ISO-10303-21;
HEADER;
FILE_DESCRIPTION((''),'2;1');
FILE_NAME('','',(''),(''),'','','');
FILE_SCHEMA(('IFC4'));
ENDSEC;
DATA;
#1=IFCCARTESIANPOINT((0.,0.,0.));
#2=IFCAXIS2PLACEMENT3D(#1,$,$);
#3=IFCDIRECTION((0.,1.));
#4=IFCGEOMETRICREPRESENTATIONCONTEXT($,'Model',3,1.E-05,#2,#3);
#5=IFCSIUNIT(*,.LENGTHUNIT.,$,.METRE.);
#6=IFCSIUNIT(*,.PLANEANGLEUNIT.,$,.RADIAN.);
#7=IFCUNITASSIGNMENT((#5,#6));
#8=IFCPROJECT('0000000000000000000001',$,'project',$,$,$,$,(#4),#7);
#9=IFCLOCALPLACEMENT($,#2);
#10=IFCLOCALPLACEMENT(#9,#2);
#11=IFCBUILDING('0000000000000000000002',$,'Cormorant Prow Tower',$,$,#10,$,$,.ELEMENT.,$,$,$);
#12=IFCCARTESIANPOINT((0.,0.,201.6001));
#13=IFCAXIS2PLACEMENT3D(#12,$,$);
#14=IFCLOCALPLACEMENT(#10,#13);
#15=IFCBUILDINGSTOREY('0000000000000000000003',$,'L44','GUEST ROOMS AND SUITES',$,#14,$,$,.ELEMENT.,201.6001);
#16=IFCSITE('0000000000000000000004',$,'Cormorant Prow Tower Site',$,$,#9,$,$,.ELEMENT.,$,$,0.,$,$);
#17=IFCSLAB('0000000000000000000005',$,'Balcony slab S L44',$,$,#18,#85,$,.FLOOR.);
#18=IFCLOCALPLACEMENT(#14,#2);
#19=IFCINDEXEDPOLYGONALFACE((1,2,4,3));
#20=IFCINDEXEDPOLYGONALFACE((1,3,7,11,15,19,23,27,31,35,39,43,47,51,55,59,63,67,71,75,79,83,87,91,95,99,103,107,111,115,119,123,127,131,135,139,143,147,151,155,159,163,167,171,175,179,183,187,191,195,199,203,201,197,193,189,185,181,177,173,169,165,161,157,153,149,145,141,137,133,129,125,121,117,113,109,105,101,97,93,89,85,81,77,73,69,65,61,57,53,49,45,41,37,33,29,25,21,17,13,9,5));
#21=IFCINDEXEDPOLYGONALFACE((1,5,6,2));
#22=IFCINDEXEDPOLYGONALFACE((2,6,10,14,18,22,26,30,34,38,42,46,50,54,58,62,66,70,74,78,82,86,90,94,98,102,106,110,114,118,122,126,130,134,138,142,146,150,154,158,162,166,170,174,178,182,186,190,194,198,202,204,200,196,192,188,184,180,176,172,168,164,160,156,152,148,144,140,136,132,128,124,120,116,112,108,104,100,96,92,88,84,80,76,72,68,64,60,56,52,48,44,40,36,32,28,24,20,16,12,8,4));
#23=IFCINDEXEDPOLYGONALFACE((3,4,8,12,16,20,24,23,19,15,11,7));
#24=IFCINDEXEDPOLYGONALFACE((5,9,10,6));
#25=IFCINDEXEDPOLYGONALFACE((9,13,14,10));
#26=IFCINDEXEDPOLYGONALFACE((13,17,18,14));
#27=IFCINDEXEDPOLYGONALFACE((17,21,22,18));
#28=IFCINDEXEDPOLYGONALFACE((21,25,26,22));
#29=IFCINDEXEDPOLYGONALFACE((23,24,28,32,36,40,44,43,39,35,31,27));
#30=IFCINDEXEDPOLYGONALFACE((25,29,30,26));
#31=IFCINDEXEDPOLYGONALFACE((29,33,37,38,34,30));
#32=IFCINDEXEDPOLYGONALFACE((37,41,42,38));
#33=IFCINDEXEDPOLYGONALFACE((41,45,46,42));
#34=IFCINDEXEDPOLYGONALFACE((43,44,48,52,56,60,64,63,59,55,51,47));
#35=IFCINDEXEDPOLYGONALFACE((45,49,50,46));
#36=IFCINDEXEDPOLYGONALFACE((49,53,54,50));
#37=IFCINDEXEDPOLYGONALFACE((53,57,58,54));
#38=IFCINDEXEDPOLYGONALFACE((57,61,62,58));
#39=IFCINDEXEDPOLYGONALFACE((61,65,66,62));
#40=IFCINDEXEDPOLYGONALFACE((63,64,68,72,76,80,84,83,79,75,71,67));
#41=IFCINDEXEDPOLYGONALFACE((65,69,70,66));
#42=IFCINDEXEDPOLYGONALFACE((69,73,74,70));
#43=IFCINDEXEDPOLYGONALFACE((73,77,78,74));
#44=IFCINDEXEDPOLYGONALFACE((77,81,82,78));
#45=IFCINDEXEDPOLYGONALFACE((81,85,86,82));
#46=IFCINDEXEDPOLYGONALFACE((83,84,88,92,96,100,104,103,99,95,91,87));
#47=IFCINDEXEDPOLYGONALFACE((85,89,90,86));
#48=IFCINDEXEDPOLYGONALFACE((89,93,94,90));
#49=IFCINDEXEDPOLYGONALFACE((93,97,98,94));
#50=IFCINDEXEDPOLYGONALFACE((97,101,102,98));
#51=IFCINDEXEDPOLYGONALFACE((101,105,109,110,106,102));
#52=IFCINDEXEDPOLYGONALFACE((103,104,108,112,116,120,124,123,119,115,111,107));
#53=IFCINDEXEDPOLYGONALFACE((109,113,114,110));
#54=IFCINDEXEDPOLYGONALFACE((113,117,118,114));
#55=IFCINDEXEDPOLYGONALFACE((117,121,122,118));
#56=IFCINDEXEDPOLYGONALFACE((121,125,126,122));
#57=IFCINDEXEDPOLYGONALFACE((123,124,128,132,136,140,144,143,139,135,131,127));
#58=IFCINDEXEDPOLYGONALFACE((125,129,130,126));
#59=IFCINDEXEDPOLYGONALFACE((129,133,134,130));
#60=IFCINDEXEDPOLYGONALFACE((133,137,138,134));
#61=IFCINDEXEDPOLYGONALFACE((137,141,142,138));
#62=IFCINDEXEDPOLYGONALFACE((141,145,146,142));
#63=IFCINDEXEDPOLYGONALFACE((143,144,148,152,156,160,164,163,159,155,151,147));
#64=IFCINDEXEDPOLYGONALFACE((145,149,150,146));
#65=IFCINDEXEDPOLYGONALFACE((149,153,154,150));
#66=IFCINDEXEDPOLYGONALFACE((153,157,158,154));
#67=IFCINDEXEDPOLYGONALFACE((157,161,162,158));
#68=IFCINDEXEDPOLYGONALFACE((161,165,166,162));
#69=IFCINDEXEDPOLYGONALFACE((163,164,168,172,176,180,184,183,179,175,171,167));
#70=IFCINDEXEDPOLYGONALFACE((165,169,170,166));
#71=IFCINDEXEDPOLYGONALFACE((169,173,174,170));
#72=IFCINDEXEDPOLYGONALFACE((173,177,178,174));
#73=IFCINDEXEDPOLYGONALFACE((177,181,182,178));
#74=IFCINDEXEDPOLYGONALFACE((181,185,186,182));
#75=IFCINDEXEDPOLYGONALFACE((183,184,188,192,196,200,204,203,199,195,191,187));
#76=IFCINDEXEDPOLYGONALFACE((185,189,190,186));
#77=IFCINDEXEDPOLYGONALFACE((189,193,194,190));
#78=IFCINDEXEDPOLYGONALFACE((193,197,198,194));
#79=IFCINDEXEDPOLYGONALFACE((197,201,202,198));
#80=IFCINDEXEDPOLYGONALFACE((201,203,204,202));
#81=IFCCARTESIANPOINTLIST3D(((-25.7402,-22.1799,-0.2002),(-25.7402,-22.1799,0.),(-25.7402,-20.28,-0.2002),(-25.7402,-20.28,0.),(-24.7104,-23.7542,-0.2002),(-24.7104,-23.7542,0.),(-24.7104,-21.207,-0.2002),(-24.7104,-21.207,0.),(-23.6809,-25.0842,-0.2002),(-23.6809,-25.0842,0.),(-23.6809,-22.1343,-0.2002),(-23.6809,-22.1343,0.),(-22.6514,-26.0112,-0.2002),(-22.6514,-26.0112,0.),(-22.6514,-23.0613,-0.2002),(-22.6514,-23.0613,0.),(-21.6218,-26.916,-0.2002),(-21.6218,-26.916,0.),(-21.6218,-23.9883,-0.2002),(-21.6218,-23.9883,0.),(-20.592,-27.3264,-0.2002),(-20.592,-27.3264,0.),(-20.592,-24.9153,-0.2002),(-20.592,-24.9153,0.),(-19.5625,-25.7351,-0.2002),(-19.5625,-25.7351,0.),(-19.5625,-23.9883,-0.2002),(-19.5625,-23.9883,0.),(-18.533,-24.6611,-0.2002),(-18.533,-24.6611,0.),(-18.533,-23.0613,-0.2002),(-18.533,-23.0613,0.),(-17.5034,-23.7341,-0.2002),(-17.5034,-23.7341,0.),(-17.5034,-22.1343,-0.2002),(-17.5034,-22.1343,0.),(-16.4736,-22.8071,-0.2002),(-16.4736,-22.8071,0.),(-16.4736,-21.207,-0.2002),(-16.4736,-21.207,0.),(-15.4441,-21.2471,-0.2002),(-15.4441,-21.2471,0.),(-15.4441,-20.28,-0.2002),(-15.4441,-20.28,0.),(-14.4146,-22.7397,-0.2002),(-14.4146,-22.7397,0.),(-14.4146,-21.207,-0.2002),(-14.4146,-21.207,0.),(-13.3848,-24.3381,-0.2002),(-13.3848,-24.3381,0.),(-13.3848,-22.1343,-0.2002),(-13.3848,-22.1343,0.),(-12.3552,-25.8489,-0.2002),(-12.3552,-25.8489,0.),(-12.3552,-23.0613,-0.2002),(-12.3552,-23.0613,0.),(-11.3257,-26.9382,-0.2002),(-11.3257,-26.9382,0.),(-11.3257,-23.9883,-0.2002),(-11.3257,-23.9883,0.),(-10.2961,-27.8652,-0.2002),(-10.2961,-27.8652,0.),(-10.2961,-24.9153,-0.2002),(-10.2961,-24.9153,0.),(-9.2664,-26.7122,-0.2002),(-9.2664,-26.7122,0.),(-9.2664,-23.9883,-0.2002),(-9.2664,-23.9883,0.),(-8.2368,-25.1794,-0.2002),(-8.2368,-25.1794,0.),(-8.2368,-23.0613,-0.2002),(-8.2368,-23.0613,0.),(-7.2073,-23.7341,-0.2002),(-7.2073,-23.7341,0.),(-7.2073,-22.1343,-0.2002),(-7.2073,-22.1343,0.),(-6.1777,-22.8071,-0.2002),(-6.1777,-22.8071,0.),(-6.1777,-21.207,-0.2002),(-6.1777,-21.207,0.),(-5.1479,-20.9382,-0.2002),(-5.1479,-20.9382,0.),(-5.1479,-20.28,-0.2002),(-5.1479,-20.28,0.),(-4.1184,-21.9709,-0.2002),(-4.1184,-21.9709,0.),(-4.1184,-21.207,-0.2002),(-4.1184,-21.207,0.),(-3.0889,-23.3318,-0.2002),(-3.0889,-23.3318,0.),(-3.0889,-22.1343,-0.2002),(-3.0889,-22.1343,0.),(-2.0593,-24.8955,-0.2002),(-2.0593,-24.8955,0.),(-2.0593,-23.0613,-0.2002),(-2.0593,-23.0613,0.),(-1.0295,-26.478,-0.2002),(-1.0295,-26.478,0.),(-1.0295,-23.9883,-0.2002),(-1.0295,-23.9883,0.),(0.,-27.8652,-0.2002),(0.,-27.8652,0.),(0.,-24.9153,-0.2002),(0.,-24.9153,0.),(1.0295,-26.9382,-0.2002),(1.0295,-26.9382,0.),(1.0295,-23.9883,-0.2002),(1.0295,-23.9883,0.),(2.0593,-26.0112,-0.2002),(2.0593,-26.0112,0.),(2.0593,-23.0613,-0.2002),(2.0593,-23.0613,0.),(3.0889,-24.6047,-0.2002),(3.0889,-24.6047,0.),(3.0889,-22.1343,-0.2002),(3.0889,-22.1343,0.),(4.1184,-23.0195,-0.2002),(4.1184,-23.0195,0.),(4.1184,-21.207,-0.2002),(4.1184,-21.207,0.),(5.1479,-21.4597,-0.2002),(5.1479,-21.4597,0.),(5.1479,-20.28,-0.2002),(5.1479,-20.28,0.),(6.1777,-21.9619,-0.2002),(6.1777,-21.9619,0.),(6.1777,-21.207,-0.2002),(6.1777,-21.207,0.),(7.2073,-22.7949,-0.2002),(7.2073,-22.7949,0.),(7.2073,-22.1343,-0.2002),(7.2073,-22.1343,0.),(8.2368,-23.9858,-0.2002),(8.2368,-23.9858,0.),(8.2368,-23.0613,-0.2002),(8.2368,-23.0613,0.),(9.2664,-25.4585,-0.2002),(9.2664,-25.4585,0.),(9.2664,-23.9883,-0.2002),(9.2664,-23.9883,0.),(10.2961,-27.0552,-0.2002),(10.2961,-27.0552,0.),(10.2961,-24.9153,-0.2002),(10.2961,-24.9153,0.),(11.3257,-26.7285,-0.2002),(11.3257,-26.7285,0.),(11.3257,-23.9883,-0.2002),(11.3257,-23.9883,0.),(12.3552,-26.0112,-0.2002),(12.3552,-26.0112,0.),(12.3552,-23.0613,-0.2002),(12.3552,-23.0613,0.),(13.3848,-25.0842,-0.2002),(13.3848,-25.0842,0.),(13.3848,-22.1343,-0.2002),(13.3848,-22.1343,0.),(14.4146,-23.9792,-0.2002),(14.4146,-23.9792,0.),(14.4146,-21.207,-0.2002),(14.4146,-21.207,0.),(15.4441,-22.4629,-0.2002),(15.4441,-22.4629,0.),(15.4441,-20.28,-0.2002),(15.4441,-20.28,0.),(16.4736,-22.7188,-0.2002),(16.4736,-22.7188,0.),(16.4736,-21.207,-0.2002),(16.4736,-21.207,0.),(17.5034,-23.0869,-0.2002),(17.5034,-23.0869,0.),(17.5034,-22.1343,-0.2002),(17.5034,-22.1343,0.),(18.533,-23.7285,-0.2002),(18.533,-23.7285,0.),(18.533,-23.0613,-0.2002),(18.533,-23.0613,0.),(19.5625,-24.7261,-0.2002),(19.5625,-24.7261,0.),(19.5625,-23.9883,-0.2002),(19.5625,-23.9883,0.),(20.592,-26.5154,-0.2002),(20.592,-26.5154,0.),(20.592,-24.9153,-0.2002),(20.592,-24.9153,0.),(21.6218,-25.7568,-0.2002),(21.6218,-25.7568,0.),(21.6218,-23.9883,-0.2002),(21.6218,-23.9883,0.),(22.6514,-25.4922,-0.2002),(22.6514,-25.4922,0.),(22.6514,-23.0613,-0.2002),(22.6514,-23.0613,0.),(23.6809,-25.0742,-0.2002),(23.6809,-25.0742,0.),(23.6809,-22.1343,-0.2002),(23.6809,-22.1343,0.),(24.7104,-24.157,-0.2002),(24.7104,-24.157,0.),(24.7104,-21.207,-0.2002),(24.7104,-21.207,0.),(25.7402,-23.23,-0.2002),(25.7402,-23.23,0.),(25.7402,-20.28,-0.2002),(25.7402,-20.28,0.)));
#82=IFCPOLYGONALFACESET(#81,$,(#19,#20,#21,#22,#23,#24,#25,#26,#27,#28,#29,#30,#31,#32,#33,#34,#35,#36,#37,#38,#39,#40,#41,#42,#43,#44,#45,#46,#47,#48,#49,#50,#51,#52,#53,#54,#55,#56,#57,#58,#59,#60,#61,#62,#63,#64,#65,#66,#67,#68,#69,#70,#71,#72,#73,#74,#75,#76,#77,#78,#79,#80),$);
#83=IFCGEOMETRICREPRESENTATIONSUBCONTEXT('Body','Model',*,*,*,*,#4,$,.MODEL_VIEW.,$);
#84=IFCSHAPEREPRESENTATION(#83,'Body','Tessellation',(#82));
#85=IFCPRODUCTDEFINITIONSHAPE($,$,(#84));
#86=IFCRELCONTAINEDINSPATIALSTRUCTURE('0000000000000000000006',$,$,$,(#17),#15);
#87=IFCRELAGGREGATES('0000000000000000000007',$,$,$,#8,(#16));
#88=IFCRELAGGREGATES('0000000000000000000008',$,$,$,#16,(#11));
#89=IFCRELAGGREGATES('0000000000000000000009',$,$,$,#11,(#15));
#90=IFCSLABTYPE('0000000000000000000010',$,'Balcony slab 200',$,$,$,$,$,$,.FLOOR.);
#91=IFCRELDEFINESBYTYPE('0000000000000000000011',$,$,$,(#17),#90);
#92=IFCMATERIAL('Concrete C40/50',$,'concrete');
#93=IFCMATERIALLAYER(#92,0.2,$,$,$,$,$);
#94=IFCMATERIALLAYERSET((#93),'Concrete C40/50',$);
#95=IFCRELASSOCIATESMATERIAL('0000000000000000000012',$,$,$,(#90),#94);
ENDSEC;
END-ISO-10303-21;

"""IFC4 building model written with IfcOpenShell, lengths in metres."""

from ifc_helpers import new_model, si_unit, direction, frame, origin, place, context, subcontext, project, spatial, polyline, outline, extrude, material, layer, layer_set, type_object, element, save


model = new_model("IFC4")

# Units and contexts
model_context = context("Model", 3, precision=1e-05, world=origin(), true_north=direction((0.0, 1.0)))
body_context = subcontext(model_context, "Body", "Model", "MODEL_VIEW")
ifc_project = project(units=[si_unit("LENGTHUNIT", "METRE"), si_unit("PLANEANGLEUNIT", "RADIAN")], contexts=[model_context])

# Site, building, storey
site_placement = place(None, origin())
site = spatial("IfcSite", under=ifc_project, at=site_placement, Name="Cormorant Prow Tower Site", CompositionType="ELEMENT", RefElevation=0.0)
building_placement = place(site_placement, origin())
building = spatial("IfcBuilding", under=site, at=building_placement, Name="Cormorant Prow Tower", CompositionType="ELEMENT")
storey_placement = place(building_placement, frame((0.0, 0.0, 201.6001)))
storey = spatial("IfcBuildingStorey", under=building, at=storey_placement, Name="L44", Description="GUEST ROOMS AND SUITES", CompositionType="ELEMENT", Elevation=201.6001)

# Slab
ifc_material_1 = material(Name="Concrete C40/50", Category="concrete")
ifc_layer_1 = layer(ifc_material_1, 0.2)
ifc_layer_set_1 = layer_set([ifc_layer_1], Name="Concrete C40/50")
slab_type_1 = type_object("IfcSlabType", Name="Balcony slab 200", PredefinedType="FLOOR", material=ifc_layer_set_1)
slab_1_placement = place(storey_placement, frame((0.0, 0.0, -0.2002)))
element("IfcSlab", 1, at=slab_1_placement, inside=storey, type_object=slab_type_1, Name="Balcony slab S L44", PredefinedType="FLOOR", context=body_context, shape_type="SweptSolid", body=[
    extrude(outline(polyline([(-25.7402, -20.28), (-25.7402, -22.1799), (-24.7104, -23.7542), (-23.6809, -25.0842), (-22.6514, -26.0112), (-21.6218, -26.916), (-20.592, -27.3264), (-19.5625, -25.7351), (-18.533, -24.6611), (-17.5034, -23.7341), (-16.4736, -22.8071), (-15.4441, -21.2471), (-14.4146, -22.7397), (-13.3848, -24.3381), (-12.3552, -25.8489), (-11.3257, -26.9382), (-10.2961, -27.8652), (-9.2664, -26.7122), (-8.2368, -25.1794), (-7.2073, -23.7341), (-6.1777, -22.8071), (-5.1479, -20.9382), (-4.1184, -21.9709), (-3.0889, -23.3318), (-2.0593, -24.8955), (-1.0295, -26.478), (0.0, -27.8652), (1.0295, -26.9382), (2.0593, -26.0112), (3.0889, -24.6047), (4.1184, -23.0195), (5.1479, -21.4597), (6.1777, -21.9619), (7.2073, -22.7949), (8.2368, -23.9858), (9.2664, -25.4585), (10.2961, -27.0552), (11.3257, -26.7285), (12.3552, -26.0112), (13.3848, -25.0842), (14.4146, -23.9792), (15.4441, -22.4629), (16.4736, -22.7188), (17.5034, -23.0869), (18.533, -23.7285), (19.5625, -24.7261), (20.592, -26.5154), (21.6218, -25.7568), (22.6514, -25.4922), (23.6809, -25.0742), (24.7104, -24.157), (25.7402, -23.23), (25.7402, -20.28), (24.7104, -21.207), (23.6809, -22.1343), (22.6514, -23.0613), (21.6218, -23.9883), (20.592, -24.9153), (19.5625, -23.9883), (18.533, -23.0613), (17.5034, -22.1343), (16.4736, -21.207), (15.4441, -20.28), (14.4146, -21.207), (13.3848, -22.1343), (12.3552, -23.0613), (11.3257, -23.9883), (10.2961, -24.9153), (9.2664, -23.9883), (8.2368, -23.0613), (7.2073, -22.1343), (6.1777, -21.207), (5.1479, -20.28), (4.1184, -21.207), (3.0889, -22.1343), (2.0593, -23.0613), (1.0295, -23.9883), (0.0, -24.9153), (-1.0295, -23.9883), (-2.0593, -23.0613), (-3.0889, -22.1343), (-4.1184, -21.207), (-5.1479, -20.28), (-6.1777, -21.207), (-7.2073, -22.1343), (-8.2368, -23.0613), (-9.2664, -23.9883), (-10.2961, -24.9153), (-11.3257, -23.9883), (-12.3552, -23.0613), (-13.3848, -22.1343), (-14.4146, -21.207), (-15.4441, -20.28), (-16.4736, -21.207), (-17.5034, -22.1343), (-18.533, -23.0613), (-19.5625, -23.9883), (-20.592, -24.9153), (-21.6218, -23.9883), (-22.6514, -23.0613), (-23.6809, -22.1343), (-24.7104, -21.207), (-25.7402, -20.28)])), origin(), (0.0, 0.0, 1.0), 0.2002),
])

save(model, "model.ifc")
